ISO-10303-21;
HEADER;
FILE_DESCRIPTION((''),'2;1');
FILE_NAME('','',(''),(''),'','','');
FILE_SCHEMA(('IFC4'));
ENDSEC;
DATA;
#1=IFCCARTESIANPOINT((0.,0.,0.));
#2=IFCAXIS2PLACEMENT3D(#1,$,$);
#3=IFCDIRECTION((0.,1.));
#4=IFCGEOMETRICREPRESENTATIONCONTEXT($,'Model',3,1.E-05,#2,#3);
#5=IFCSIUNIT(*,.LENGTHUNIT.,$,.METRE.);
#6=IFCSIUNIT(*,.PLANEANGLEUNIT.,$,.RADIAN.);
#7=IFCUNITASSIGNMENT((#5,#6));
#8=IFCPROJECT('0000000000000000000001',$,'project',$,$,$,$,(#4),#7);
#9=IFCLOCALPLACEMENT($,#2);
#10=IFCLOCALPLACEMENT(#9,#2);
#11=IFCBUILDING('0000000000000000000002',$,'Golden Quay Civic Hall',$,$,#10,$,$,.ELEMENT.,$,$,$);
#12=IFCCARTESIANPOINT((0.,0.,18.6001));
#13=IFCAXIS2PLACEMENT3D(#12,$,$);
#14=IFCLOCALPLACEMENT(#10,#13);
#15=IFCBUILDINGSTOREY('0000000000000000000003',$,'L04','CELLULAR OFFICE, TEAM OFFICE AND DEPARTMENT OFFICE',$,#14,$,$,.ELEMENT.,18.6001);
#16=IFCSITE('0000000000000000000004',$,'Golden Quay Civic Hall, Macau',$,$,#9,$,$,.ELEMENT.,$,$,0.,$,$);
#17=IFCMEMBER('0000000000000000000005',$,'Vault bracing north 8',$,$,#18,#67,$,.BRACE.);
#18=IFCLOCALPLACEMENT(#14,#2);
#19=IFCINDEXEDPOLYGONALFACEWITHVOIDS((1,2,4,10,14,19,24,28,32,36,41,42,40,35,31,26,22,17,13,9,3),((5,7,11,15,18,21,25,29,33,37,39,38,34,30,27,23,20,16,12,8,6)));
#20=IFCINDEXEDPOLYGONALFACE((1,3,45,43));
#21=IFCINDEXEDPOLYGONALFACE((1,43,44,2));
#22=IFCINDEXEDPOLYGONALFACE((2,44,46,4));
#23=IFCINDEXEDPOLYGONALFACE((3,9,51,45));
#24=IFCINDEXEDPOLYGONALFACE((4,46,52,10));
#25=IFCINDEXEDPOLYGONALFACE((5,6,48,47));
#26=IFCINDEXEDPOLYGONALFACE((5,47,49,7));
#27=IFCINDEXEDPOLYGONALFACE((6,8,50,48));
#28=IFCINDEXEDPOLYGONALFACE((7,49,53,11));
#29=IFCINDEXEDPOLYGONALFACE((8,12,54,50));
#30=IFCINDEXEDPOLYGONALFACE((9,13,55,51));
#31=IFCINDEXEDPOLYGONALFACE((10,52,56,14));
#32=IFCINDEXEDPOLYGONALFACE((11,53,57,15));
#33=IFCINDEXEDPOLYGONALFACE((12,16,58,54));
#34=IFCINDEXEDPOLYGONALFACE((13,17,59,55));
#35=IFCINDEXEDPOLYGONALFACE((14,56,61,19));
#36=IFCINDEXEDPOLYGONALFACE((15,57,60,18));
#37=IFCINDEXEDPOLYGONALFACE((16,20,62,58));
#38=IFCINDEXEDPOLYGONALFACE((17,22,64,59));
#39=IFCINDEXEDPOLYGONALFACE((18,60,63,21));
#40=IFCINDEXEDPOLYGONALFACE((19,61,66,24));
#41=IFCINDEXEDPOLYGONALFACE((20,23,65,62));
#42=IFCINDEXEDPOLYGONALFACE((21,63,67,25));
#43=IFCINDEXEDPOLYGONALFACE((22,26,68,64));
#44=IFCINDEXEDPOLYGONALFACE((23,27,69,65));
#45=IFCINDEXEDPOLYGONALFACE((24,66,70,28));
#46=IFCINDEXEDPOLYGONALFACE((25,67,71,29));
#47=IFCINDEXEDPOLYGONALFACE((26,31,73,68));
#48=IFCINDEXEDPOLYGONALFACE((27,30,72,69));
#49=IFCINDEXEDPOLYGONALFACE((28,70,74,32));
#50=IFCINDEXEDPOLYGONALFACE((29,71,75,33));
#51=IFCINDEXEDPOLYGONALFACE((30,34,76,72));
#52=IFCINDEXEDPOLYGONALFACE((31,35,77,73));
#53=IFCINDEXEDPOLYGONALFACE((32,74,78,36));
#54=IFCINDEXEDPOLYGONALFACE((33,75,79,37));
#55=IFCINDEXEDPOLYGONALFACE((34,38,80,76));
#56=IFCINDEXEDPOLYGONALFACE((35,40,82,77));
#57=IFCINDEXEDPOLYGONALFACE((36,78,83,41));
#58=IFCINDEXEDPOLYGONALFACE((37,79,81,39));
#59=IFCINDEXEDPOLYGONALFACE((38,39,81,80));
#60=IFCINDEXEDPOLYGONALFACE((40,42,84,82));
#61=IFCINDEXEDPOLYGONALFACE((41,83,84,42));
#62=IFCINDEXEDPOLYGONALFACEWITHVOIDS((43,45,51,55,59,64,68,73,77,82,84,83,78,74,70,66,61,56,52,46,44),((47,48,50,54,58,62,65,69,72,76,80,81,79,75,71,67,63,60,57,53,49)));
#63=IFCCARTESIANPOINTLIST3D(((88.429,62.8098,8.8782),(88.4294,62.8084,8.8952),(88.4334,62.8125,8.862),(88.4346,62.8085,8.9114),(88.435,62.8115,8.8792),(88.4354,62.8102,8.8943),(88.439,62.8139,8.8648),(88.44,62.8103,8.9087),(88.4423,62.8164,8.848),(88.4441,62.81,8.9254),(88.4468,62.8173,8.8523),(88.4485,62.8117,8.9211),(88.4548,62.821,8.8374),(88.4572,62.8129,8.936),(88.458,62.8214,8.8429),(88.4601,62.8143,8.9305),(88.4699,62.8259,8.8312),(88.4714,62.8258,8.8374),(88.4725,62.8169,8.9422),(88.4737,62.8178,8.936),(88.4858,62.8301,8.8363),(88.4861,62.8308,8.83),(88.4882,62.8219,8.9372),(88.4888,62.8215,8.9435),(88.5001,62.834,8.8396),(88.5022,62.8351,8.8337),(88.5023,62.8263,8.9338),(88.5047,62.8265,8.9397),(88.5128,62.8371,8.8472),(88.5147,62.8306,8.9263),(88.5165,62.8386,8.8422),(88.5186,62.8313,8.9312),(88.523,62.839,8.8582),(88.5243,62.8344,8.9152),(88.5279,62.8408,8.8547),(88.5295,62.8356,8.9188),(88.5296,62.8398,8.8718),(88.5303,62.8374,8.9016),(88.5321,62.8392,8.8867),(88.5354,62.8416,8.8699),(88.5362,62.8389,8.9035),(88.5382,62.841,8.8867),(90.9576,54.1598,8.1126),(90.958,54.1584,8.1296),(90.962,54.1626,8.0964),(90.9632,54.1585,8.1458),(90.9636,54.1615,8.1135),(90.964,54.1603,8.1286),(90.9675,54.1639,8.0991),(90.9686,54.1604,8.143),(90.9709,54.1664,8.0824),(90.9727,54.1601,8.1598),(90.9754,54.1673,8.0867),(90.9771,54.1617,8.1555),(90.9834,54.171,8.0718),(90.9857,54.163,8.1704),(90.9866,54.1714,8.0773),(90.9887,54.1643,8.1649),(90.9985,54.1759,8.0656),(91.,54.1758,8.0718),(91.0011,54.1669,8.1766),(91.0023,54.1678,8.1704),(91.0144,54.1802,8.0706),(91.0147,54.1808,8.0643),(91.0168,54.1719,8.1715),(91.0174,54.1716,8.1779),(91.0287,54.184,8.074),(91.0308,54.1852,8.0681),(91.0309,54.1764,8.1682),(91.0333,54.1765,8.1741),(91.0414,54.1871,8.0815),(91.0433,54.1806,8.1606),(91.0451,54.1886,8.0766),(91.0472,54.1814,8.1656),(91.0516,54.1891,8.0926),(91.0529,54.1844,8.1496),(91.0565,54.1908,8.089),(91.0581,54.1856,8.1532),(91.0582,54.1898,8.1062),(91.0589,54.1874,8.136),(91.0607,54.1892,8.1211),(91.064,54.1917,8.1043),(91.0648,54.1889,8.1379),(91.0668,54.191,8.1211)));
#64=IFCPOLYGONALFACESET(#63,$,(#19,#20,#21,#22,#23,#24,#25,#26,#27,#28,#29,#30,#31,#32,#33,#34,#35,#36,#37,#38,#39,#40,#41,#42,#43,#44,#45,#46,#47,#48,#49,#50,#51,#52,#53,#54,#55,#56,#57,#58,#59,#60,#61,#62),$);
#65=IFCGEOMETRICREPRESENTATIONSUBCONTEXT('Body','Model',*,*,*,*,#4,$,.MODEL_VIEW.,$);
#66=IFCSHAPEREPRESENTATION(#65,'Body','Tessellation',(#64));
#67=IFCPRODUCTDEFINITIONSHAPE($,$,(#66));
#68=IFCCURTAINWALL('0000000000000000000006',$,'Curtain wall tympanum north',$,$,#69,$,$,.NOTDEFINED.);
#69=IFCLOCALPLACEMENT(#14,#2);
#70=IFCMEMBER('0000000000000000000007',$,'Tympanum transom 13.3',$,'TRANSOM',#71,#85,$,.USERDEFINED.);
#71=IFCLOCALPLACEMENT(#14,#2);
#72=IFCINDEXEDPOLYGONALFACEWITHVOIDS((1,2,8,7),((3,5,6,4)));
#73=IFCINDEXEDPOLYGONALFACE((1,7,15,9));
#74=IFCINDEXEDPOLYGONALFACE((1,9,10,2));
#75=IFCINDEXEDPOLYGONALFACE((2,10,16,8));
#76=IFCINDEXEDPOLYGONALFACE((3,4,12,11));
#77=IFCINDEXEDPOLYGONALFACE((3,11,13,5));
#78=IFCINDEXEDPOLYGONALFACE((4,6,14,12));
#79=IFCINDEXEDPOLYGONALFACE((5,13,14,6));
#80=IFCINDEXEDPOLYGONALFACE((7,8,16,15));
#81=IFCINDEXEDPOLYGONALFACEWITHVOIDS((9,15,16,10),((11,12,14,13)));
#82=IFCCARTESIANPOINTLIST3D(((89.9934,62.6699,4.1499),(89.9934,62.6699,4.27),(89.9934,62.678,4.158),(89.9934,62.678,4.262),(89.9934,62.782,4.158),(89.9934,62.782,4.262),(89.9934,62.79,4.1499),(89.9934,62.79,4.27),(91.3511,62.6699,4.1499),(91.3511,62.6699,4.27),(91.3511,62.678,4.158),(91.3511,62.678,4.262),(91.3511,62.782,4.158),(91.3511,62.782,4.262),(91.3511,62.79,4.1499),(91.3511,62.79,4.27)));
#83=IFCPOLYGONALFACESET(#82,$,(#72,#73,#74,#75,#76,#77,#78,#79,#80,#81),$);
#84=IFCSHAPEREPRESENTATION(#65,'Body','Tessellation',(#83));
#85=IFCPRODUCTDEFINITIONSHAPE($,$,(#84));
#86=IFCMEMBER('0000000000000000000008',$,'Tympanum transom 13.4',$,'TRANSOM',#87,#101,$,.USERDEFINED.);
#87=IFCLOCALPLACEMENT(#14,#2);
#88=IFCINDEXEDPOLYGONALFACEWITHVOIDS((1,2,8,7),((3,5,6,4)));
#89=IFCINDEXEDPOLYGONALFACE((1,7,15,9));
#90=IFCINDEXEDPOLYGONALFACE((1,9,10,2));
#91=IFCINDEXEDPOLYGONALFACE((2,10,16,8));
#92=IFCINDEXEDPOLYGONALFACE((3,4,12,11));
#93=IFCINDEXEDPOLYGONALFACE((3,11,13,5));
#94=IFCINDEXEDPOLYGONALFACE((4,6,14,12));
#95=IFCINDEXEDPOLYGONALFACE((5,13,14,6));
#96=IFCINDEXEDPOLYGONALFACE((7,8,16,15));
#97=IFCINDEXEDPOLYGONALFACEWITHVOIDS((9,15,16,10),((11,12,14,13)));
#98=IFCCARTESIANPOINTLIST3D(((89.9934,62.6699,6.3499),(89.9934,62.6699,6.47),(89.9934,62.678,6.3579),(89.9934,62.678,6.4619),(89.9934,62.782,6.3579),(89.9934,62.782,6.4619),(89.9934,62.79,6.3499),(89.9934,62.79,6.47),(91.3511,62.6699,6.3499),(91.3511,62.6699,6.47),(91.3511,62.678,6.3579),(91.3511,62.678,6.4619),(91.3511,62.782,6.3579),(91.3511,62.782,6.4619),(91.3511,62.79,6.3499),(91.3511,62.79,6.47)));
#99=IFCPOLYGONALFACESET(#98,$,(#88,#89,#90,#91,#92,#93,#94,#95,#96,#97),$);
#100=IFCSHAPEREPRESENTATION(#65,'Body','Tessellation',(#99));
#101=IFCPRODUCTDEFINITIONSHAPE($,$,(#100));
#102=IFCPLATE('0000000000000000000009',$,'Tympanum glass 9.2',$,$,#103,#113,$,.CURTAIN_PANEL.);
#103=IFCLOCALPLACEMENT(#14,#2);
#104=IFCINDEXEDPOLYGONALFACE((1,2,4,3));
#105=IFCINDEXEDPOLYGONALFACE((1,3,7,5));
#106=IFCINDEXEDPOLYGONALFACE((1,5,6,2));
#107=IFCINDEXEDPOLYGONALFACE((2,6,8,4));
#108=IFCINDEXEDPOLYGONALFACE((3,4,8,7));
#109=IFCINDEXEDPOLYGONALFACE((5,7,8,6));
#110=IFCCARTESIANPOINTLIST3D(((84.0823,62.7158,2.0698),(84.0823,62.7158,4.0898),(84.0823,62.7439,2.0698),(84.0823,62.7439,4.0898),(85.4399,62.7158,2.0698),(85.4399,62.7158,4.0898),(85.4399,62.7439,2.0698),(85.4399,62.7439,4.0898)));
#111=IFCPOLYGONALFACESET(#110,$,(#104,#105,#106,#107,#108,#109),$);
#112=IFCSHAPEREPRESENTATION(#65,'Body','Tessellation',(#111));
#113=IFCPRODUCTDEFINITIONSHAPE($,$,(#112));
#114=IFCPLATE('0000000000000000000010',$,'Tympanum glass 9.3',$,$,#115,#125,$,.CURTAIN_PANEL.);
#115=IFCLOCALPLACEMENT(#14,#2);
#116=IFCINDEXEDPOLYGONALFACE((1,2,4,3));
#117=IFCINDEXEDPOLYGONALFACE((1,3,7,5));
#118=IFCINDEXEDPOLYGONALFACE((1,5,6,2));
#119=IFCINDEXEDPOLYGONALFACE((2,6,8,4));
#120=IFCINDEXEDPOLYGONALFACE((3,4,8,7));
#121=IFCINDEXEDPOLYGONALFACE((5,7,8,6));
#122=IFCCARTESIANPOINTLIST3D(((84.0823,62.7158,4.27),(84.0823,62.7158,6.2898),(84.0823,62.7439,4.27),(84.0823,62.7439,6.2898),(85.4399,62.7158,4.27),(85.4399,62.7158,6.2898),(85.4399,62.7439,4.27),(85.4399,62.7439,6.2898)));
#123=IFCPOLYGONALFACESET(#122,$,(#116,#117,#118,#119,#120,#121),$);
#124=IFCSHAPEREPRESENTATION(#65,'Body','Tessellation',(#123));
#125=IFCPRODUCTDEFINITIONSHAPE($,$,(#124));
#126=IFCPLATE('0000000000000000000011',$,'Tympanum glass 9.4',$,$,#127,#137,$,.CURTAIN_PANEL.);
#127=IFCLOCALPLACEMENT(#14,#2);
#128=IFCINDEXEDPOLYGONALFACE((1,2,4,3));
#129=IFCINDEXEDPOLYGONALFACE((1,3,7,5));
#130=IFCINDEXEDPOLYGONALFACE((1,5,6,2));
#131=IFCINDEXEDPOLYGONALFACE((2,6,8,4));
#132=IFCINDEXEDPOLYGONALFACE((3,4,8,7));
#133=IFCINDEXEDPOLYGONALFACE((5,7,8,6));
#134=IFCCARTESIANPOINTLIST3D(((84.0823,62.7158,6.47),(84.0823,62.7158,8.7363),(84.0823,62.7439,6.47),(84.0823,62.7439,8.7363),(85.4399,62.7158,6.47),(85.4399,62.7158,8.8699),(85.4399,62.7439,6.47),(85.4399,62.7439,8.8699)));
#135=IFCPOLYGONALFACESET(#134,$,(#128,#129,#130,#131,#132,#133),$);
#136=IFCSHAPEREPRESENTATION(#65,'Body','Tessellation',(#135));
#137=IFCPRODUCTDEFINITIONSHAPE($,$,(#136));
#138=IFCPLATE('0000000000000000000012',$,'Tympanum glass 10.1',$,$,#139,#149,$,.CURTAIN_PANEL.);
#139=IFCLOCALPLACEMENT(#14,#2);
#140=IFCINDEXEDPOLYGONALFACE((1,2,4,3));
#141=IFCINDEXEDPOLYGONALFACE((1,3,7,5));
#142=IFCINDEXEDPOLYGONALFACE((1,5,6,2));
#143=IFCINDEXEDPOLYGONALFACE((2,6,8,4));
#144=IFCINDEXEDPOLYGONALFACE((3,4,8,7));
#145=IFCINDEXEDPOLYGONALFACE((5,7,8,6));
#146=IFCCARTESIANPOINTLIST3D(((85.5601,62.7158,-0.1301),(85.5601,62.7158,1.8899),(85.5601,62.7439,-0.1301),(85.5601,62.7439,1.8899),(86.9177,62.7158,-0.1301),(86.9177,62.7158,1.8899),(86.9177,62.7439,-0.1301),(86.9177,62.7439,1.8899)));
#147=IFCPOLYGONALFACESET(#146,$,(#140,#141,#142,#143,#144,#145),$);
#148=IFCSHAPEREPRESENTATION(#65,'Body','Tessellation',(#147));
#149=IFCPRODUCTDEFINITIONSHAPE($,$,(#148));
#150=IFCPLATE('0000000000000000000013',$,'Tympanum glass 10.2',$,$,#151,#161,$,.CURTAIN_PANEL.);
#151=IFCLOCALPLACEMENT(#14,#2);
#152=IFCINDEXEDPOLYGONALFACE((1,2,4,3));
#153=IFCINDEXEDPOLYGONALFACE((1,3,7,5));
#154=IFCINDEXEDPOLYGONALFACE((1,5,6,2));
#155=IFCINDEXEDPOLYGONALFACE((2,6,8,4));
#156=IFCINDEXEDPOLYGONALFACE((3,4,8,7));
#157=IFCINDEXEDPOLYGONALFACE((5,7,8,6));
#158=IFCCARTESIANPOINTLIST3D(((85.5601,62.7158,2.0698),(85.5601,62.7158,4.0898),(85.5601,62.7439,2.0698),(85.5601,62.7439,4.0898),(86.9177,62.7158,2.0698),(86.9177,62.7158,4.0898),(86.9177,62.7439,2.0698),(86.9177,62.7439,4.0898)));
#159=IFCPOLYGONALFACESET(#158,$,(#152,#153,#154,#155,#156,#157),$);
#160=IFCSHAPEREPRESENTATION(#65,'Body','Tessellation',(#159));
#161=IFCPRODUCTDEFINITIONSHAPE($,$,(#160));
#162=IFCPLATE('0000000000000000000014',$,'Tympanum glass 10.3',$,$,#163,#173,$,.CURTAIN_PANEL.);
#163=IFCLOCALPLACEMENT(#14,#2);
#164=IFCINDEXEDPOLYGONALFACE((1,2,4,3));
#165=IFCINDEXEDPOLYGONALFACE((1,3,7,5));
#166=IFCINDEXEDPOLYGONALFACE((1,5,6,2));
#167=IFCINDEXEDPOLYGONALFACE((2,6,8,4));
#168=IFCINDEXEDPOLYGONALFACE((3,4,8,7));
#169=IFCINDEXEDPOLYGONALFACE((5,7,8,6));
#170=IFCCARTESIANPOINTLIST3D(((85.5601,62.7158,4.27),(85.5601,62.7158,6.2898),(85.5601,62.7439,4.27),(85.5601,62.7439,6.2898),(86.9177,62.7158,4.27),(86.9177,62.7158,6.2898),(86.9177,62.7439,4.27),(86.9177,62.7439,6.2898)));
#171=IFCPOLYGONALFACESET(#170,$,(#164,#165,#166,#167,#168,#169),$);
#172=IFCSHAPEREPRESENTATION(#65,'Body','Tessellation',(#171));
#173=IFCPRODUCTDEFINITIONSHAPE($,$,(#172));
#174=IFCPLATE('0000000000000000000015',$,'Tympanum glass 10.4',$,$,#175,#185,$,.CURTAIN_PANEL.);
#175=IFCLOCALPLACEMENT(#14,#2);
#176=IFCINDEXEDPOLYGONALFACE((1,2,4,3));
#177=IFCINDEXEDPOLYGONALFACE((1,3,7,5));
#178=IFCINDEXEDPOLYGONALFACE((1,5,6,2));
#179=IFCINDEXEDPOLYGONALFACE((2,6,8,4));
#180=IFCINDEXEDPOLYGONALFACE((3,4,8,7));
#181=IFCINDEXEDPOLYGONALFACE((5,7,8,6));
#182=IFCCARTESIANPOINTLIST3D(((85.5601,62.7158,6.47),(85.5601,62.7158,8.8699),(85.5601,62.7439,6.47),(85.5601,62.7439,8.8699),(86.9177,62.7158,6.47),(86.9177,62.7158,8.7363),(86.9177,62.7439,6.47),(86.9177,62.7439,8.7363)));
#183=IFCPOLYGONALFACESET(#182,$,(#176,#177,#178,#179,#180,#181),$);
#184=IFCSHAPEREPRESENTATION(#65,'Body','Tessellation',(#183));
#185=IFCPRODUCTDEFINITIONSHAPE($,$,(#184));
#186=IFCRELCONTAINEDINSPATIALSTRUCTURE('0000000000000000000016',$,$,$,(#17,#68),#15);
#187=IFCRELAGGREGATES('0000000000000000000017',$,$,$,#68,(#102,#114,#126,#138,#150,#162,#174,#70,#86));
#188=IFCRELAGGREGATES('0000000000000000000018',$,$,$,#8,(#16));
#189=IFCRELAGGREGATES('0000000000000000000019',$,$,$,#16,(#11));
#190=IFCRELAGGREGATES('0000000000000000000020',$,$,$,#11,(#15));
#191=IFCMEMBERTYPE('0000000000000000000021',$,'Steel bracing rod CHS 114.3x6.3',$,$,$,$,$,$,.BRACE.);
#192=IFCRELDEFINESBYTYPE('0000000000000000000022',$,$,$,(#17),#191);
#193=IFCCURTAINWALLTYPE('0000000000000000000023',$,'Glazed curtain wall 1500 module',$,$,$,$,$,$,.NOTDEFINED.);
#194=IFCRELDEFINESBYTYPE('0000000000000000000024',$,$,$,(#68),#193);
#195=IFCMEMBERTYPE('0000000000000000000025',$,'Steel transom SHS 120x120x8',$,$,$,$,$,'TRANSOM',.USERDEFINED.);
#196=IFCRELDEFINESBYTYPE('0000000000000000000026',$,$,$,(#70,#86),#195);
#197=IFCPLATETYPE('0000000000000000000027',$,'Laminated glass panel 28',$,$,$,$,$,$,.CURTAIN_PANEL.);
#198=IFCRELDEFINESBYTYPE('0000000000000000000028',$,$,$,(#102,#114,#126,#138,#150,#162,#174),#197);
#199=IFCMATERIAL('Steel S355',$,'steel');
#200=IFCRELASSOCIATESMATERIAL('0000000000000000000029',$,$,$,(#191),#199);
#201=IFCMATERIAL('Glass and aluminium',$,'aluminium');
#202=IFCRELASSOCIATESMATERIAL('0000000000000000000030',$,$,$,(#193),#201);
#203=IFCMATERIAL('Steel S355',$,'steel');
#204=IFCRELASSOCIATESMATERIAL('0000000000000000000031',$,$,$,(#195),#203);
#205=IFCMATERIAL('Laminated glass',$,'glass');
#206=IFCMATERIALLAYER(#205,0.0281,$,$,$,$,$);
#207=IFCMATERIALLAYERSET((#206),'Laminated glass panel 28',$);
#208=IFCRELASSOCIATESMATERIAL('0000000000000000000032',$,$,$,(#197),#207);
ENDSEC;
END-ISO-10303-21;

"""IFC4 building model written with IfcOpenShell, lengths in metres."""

from ifc_helpers import new_model, si_unit, direction, frame, origin, origin_2d, place, context, subcontext, project, spatial, polyline, hollow_rectangle, hollow_circle, outline, extrude, material, layer, layer_set, material_profile, profile_set, type_object, element, aggregate, save


model = new_model("IFC4")

# Units and contexts
model_context = context("Model", 3, precision=1e-05, world=origin(), true_north=direction((0.0, 1.0)))
body_context = subcontext(model_context, "Body", "Model", "MODEL_VIEW")
ifc_project = project(units=[si_unit("LENGTHUNIT", "METRE"), si_unit("PLANEANGLEUNIT", "RADIAN")], contexts=[model_context])

# Site, building, storey
site_placement = place(None, origin())
site = spatial("IfcSite", under=ifc_project, at=site_placement, Name="Golden Quay Civic Hall, Macau", CompositionType="ELEMENT", RefElevation=0.0)
building_placement = place(site_placement, origin())
building = spatial("IfcBuilding", under=site, at=building_placement, Name="Golden Quay Civic Hall", CompositionType="ELEMENT")
storey_placement = place(building_placement, frame((0.0, 0.0, 18.6001)))
storey = spatial("IfcBuildingStorey", under=building, at=storey_placement, Name="L04", Description="CELLULAR OFFICE, TEAM OFFICE AND DEPARTMENT OFFICE", CompositionType="ELEMENT", Elevation=18.6001)

# Member
ifc_material_1 = material(Name="Steel S355", Category="steel")
ifc_material_profile_1 = material_profile(ifc_material_1, hollow_circle(Radius=0.0571, WallThickness=0.0063, at=origin_2d()), Name="CHS 114.3x6.3")
ifc_profile_set_1 = profile_set([ifc_material_profile_1], Name="Steel S355")
member_type_1 = type_object("IfcMemberType", Name="Steel bracing rod CHS 114.3x6.3", PredefinedType="BRACE", material=ifc_profile_set_1)
member_1_placement = place(storey_placement, frame((88.4834, 62.825, 8.8867), z_axis=(0.279573, -0.956385, -0.084652), x_axis=(0.959831, 0.28058, 0.0)))
element("IfcMember", 1, at=member_1_placement, inside=storey, type_object=member_type_1, Name="Vault bracing north 8", PredefinedType="BRACE", context=body_context, shape_type="SweptSolid", body=[
    extrude(hollow_circle(Radius=0.0571, WallThickness=0.0063, at=origin_2d()), origin(), (0.0, 0.0, 1.0), 9.0444),
])

# Curtain wall, members, plates
ifc_material_2 = material(Name="Glass and aluminium", Category="aluminium")
curtain_wall_type = type_object("IfcCurtainWallType", Name="Glazed curtain wall 1500 module", PredefinedType="NOTDEFINED", material=ifc_material_2)
curtain_wall_placement = place(storey_placement, origin())
curtain_wall = element("IfcCurtainWall", 2, at=curtain_wall_placement, inside=storey, type_object=curtain_wall_type, Name="Curtain wall tympanum north", PredefinedType="NOTDEFINED")
ifc_material_3 = material(Name="Steel S355", Category="steel")
ifc_material_profile_2 = material_profile(ifc_material_3, hollow_rectangle(XDim=0.1201, YDim=0.1201, WallThickness=0.0081, at=origin_2d()), Name="SHS 120x120x8")
ifc_profile_set_2 = profile_set([ifc_material_profile_2], Name="Steel S355")
member_type_2 = type_object("IfcMemberType", Name="Steel transom SHS 120x120x8", ElementType="TRANSOM", PredefinedType="USERDEFINED", material=ifc_profile_set_2)
member_2_placement = place(storey_placement, frame((89.9934, 62.73, 4.21), z_axis=(1.0, 0.0, 0.0), x_axis=(0.0, 1.0, 0.0)))
member_2 = element("IfcMember", 3, at=member_2_placement, type_object=member_type_2, Name="Tympanum transom 13.3", ObjectType="TRANSOM", PredefinedType="USERDEFINED", context=body_context, shape_type="SweptSolid", body=[
    extrude(hollow_rectangle(XDim=0.1201, YDim=0.1201, WallThickness=0.0081, at=origin_2d()), origin(), (0.0, 0.0, 1.0), 1.3577),
])
member_3_placement = place(storey_placement, frame((89.9934, 62.73, 6.4099), z_axis=(1.0, 0.0, 0.0), x_axis=(0.0, 1.0, 0.0)))
member_3 = element("IfcMember", 4, at=member_3_placement, type_object=member_type_2, Name="Tympanum transom 13.4", ObjectType="TRANSOM", PredefinedType="USERDEFINED", context=body_context, shape_type="SweptSolid", body=[
    extrude(hollow_rectangle(XDim=0.1201, YDim=0.1201, WallThickness=0.0081, at=origin_2d()), origin(), (0.0, 0.0, 1.0), 1.3577),
])
ifc_material_4 = material(Name="Laminated glass", Category="glass")
ifc_layer_1 = layer(ifc_material_4, 0.0281)
ifc_layer_set_1 = layer_set([ifc_layer_1], Name="Laminated glass panel 28")
plate_type = type_object("IfcPlateType", Name="Laminated glass panel 28", PredefinedType="CURTAIN_PANEL", material=ifc_layer_set_1)
plate_1_placement = place(storey_placement, frame((85.4399, 62.7439, 2.0698), z_axis=(0.0, 1.0, 0.0), x_axis=(-1.0, 0.0, 0.0)))
plate_1 = element("IfcPlate", 5, at=plate_1_placement, type_object=plate_type, Name="Tympanum glass 9.2", PredefinedType="CURTAIN_PANEL", context=body_context, shape_type="SweptSolid", body=[
    extrude(outline(polyline([(0.0, 0.0), (1.3577, 0.0), (1.3577, 2.02), (0.0, 2.02), (0.0, 0.0)])), origin(), (0.0, 0.0, -1.0), 0.0281),
])
plate_2_placement = place(storey_placement, frame((85.4399, 62.7439, 4.27), z_axis=(0.0, 1.0, 0.0), x_axis=(-1.0, 0.0, 0.0)))
plate_2 = element("IfcPlate", 6, at=plate_2_placement, type_object=plate_type, Name="Tympanum glass 9.3", PredefinedType="CURTAIN_PANEL", context=body_context, shape_type="SweptSolid", body=[
    extrude(outline(polyline([(0.0, 0.0), (1.3577, 0.0), (1.3577, 2.0198), (0.0, 2.0198), (0.0, 0.0)])), origin(), (0.0, 0.0, -1.0), 0.0281),
])
plate_3_placement = place(storey_placement, frame((85.4399, 62.7439, 6.47), z_axis=(0.0, 1.0, 0.0), x_axis=(-1.0, 0.0, 0.0)))
plate_3 = element("IfcPlate", 7, at=plate_3_placement, type_object=plate_type, Name="Tympanum glass 9.4", PredefinedType="CURTAIN_PANEL", context=body_context, shape_type="SweptSolid", body=[
    extrude(outline(polyline([(0.0, 0.0), (1.3577, 0.0), (1.3577, 2.2664), (0.0, 2.3999), (0.0, 0.0)])), origin(), (0.0, 0.0, -1.0), 0.0281),
])
plate_4_placement = place(storey_placement, frame((86.9177, 62.7439, -0.1301), z_axis=(0.0, 1.0, 0.0), x_axis=(-1.0, 0.0, 0.0)))
plate_4 = element("IfcPlate", 8, at=plate_4_placement, type_object=plate_type, Name="Tympanum glass 10.1", PredefinedType="CURTAIN_PANEL", context=body_context, shape_type="SweptSolid", body=[
    extrude(outline(polyline([(0.0, 0.0), (1.3577, 0.0), (1.3577, 2.02), (0.0, 2.02), (0.0, 0.0)])), origin(), (0.0, 0.0, -1.0), 0.0281),
])
plate_5_placement = place(storey_placement, frame((86.9177, 62.7439, 2.0698), z_axis=(0.0, 1.0, 0.0), x_axis=(-1.0, 0.0, 0.0)))
plate_5 = element("IfcPlate", 9, at=plate_5_placement, type_object=plate_type, Name="Tympanum glass 10.2", PredefinedType="CURTAIN_PANEL", context=body_context, shape_type="SweptSolid", body=[
    extrude(outline(polyline([(0.0, 0.0), (1.3577, 0.0), (1.3577, 2.02), (0.0, 2.02), (0.0, 0.0)])), origin(), (0.0, 0.0, -1.0), 0.0281),
])
plate_6_placement = place(storey_placement, frame((86.9177, 62.7439, 4.27), z_axis=(0.0, 1.0, 0.0), x_axis=(-1.0, 0.0, 0.0)))
plate_6 = element("IfcPlate", 10, at=plate_6_placement, type_object=plate_type, Name="Tympanum glass 10.3", PredefinedType="CURTAIN_PANEL", context=body_context, shape_type="SweptSolid", body=[
    extrude(outline(polyline([(0.0, 0.0), (1.3577, 0.0), (1.3577, 2.0198), (0.0, 2.0198), (0.0, 0.0)])), origin(), (0.0, 0.0, -1.0), 0.0281),
])
plate_7_placement = place(storey_placement, frame((86.9177, 62.7439, 6.47), z_axis=(0.0, 1.0, 0.0), x_axis=(-1.0, 0.0, 0.0)))
plate_7 = element("IfcPlate", 11, at=plate_7_placement, type_object=plate_type, Name="Tympanum glass 10.4", PredefinedType="CURTAIN_PANEL", context=body_context, shape_type="SweptSolid", body=[
    extrude(outline(polyline([(0.0, 0.0), (1.3577, 0.0), (1.3577, 2.3999), (0.0, 2.2664), (0.0, 0.0)])), origin(), (0.0, 0.0, -1.0), 0.0281),
])
aggregate(curtain_wall, [plate_1, plate_2, plate_3, plate_4, plate_5, plate_6, plate_7, member_2, member_3])

save(model, "model.ifc")
